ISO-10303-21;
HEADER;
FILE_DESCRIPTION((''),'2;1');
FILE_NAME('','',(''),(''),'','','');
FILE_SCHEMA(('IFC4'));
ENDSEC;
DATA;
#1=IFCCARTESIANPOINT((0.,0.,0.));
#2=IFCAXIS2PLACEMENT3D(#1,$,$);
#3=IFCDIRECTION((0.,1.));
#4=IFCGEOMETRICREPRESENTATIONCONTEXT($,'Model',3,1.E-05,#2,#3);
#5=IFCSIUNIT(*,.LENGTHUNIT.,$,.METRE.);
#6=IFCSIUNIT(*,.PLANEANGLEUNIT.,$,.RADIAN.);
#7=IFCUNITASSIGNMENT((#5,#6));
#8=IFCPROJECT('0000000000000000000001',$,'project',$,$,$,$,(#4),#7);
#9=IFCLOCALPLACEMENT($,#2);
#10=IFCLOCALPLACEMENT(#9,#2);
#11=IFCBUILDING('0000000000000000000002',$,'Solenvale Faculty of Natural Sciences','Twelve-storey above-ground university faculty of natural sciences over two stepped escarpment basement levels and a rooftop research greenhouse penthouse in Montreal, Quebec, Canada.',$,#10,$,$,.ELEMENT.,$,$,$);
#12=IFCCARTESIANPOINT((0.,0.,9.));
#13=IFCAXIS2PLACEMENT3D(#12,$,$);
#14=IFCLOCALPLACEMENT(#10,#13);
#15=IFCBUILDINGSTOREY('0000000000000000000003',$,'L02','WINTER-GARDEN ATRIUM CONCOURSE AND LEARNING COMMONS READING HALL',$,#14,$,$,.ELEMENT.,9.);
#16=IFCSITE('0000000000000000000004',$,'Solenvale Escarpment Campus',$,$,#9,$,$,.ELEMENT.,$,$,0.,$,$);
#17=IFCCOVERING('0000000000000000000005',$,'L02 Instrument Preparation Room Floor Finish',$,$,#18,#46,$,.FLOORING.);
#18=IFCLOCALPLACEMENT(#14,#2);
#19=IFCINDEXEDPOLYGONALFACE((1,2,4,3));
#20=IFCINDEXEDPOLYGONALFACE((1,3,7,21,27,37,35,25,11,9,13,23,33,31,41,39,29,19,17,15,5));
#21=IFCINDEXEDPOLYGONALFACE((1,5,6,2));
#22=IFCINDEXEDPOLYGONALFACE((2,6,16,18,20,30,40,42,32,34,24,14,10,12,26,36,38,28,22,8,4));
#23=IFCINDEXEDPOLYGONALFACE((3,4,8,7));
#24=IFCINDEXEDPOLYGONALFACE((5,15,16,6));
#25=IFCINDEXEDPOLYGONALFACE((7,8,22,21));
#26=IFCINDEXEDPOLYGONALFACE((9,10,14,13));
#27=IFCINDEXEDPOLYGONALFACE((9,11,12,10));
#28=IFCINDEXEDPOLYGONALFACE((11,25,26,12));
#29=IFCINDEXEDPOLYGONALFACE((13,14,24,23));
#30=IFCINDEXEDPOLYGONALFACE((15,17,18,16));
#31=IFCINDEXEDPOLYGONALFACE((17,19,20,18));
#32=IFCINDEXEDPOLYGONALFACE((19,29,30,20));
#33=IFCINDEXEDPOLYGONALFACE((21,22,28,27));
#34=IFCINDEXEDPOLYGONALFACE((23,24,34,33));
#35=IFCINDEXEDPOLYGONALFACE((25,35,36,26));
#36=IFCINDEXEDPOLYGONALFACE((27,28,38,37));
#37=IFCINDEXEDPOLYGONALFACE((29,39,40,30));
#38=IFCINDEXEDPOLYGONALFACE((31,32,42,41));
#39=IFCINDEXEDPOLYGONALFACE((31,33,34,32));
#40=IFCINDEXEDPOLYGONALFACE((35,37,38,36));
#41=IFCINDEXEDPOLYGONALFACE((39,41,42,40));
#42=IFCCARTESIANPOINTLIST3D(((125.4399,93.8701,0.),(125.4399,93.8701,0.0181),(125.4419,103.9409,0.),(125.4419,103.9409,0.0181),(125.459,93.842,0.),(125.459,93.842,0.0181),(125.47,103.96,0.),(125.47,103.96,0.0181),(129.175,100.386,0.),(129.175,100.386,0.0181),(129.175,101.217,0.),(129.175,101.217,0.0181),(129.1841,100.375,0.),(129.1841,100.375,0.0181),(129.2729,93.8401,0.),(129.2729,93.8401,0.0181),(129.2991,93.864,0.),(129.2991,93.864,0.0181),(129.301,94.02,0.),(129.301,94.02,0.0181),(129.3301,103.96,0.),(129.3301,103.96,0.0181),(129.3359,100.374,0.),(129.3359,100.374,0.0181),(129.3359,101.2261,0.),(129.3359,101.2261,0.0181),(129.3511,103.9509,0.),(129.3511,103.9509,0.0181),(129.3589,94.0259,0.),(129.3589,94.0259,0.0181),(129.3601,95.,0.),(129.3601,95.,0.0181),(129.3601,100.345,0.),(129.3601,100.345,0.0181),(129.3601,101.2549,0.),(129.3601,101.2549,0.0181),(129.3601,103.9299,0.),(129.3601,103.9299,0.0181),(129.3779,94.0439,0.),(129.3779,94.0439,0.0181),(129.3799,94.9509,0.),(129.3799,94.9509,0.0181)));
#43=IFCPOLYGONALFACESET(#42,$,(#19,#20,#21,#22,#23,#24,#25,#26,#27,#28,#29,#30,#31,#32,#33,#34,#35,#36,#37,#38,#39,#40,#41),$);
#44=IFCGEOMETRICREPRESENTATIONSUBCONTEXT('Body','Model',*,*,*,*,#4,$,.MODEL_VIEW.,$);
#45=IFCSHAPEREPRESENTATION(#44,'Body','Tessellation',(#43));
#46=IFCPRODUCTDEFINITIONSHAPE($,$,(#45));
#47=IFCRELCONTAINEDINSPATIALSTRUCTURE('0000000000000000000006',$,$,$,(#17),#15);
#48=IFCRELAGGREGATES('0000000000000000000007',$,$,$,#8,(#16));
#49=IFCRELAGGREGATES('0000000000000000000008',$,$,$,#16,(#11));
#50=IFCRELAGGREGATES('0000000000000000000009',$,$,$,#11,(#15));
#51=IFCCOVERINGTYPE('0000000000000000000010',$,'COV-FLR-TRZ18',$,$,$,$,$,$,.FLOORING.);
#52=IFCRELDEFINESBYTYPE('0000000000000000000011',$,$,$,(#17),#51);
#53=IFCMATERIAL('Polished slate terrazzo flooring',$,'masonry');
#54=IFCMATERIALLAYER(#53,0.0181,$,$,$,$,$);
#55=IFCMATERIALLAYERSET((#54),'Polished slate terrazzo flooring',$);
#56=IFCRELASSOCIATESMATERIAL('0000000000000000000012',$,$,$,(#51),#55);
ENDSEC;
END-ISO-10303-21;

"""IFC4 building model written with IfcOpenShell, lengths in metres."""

from ifc_helpers import new_model, si_unit, direction, frame, origin, place, context, subcontext, project, spatial, polyline, outline, extrude, material, layer, layer_set, type_object, element, save


model = new_model("IFC4")

# Units and contexts
model_context = context("Model", 3, precision=1e-05, world=origin(), true_north=direction((0.0, 1.0)))
body_context = subcontext(model_context, "Body", "Model", "MODEL_VIEW")
ifc_project = project(units=[si_unit("LENGTHUNIT", "METRE"), si_unit("PLANEANGLEUNIT", "RADIAN")], contexts=[model_context])

# Site, building, storey
site_placement = place(None, origin())
site = spatial("IfcSite", under=ifc_project, at=site_placement, Name="Solenvale Escarpment Campus", CompositionType="ELEMENT", RefElevation=0.0)
building_placement = place(site_placement, origin())
building = spatial("IfcBuilding", under=site, at=building_placement, Name="Solenvale Faculty of Natural Sciences", Description="Twelve-storey above-ground university faculty of natural sciences over two stepped escarpment basement levels and a rooftop research greenhouse penthouse in Montreal, Quebec, Canada.", CompositionType="ELEMENT")
storey_placement = place(building_placement, frame((0.0, 0.0, 9.0)))
storey = spatial("IfcBuildingStorey", under=building, at=storey_placement, Name="L02", Description="WINTER-GARDEN ATRIUM CONCOURSE AND LEARNING COMMONS READING HALL", CompositionType="ELEMENT", Elevation=9.0)

# Covering
ifc_material_1 = material(Name="Polished slate terrazzo flooring", Category="masonry")
ifc_layer_1 = layer(ifc_material_1, 0.0181)
ifc_layer_set_1 = layer_set([ifc_layer_1], Name="Polished slate terrazzo flooring")
covering_type_1 = type_object("IfcCoveringType", Name="COV-FLR-TRZ18", PredefinedType="FLOORING", material=ifc_layer_set_1)
covering_1_placement = place(storey_placement, origin())
element("IfcCovering", 1, at=covering_1_placement, inside=storey, type_object=covering_type_1, Name="L02 Instrument Preparation Room Floor Finish", PredefinedType="FLOORING", context=body_context, shape_type="SweptSolid", body=[
    extrude(outline(polyline([(129.3301, 103.96), (129.3511, 103.9509), (129.3601, 103.9299), (129.3601, 101.2549), (129.3359, 101.2261), (129.175, 101.217), (129.175, 100.386), (129.1841, 100.375), (129.3359, 100.374), (129.3601, 100.345), (129.3601, 95.0), (129.3799, 94.9509), (129.3779, 94.0439), (129.3589, 94.0259), (129.301, 94.02), (129.2991, 93.864), (129.2729, 93.8401), (125.459, 93.842), (125.4399, 93.8701), (125.4419, 103.9409), (125.47, 103.96), (129.3301, 103.96)])), origin(), (0.0, 0.0, 1.0), 0.0181),
])

save(model, "model.ifc")
